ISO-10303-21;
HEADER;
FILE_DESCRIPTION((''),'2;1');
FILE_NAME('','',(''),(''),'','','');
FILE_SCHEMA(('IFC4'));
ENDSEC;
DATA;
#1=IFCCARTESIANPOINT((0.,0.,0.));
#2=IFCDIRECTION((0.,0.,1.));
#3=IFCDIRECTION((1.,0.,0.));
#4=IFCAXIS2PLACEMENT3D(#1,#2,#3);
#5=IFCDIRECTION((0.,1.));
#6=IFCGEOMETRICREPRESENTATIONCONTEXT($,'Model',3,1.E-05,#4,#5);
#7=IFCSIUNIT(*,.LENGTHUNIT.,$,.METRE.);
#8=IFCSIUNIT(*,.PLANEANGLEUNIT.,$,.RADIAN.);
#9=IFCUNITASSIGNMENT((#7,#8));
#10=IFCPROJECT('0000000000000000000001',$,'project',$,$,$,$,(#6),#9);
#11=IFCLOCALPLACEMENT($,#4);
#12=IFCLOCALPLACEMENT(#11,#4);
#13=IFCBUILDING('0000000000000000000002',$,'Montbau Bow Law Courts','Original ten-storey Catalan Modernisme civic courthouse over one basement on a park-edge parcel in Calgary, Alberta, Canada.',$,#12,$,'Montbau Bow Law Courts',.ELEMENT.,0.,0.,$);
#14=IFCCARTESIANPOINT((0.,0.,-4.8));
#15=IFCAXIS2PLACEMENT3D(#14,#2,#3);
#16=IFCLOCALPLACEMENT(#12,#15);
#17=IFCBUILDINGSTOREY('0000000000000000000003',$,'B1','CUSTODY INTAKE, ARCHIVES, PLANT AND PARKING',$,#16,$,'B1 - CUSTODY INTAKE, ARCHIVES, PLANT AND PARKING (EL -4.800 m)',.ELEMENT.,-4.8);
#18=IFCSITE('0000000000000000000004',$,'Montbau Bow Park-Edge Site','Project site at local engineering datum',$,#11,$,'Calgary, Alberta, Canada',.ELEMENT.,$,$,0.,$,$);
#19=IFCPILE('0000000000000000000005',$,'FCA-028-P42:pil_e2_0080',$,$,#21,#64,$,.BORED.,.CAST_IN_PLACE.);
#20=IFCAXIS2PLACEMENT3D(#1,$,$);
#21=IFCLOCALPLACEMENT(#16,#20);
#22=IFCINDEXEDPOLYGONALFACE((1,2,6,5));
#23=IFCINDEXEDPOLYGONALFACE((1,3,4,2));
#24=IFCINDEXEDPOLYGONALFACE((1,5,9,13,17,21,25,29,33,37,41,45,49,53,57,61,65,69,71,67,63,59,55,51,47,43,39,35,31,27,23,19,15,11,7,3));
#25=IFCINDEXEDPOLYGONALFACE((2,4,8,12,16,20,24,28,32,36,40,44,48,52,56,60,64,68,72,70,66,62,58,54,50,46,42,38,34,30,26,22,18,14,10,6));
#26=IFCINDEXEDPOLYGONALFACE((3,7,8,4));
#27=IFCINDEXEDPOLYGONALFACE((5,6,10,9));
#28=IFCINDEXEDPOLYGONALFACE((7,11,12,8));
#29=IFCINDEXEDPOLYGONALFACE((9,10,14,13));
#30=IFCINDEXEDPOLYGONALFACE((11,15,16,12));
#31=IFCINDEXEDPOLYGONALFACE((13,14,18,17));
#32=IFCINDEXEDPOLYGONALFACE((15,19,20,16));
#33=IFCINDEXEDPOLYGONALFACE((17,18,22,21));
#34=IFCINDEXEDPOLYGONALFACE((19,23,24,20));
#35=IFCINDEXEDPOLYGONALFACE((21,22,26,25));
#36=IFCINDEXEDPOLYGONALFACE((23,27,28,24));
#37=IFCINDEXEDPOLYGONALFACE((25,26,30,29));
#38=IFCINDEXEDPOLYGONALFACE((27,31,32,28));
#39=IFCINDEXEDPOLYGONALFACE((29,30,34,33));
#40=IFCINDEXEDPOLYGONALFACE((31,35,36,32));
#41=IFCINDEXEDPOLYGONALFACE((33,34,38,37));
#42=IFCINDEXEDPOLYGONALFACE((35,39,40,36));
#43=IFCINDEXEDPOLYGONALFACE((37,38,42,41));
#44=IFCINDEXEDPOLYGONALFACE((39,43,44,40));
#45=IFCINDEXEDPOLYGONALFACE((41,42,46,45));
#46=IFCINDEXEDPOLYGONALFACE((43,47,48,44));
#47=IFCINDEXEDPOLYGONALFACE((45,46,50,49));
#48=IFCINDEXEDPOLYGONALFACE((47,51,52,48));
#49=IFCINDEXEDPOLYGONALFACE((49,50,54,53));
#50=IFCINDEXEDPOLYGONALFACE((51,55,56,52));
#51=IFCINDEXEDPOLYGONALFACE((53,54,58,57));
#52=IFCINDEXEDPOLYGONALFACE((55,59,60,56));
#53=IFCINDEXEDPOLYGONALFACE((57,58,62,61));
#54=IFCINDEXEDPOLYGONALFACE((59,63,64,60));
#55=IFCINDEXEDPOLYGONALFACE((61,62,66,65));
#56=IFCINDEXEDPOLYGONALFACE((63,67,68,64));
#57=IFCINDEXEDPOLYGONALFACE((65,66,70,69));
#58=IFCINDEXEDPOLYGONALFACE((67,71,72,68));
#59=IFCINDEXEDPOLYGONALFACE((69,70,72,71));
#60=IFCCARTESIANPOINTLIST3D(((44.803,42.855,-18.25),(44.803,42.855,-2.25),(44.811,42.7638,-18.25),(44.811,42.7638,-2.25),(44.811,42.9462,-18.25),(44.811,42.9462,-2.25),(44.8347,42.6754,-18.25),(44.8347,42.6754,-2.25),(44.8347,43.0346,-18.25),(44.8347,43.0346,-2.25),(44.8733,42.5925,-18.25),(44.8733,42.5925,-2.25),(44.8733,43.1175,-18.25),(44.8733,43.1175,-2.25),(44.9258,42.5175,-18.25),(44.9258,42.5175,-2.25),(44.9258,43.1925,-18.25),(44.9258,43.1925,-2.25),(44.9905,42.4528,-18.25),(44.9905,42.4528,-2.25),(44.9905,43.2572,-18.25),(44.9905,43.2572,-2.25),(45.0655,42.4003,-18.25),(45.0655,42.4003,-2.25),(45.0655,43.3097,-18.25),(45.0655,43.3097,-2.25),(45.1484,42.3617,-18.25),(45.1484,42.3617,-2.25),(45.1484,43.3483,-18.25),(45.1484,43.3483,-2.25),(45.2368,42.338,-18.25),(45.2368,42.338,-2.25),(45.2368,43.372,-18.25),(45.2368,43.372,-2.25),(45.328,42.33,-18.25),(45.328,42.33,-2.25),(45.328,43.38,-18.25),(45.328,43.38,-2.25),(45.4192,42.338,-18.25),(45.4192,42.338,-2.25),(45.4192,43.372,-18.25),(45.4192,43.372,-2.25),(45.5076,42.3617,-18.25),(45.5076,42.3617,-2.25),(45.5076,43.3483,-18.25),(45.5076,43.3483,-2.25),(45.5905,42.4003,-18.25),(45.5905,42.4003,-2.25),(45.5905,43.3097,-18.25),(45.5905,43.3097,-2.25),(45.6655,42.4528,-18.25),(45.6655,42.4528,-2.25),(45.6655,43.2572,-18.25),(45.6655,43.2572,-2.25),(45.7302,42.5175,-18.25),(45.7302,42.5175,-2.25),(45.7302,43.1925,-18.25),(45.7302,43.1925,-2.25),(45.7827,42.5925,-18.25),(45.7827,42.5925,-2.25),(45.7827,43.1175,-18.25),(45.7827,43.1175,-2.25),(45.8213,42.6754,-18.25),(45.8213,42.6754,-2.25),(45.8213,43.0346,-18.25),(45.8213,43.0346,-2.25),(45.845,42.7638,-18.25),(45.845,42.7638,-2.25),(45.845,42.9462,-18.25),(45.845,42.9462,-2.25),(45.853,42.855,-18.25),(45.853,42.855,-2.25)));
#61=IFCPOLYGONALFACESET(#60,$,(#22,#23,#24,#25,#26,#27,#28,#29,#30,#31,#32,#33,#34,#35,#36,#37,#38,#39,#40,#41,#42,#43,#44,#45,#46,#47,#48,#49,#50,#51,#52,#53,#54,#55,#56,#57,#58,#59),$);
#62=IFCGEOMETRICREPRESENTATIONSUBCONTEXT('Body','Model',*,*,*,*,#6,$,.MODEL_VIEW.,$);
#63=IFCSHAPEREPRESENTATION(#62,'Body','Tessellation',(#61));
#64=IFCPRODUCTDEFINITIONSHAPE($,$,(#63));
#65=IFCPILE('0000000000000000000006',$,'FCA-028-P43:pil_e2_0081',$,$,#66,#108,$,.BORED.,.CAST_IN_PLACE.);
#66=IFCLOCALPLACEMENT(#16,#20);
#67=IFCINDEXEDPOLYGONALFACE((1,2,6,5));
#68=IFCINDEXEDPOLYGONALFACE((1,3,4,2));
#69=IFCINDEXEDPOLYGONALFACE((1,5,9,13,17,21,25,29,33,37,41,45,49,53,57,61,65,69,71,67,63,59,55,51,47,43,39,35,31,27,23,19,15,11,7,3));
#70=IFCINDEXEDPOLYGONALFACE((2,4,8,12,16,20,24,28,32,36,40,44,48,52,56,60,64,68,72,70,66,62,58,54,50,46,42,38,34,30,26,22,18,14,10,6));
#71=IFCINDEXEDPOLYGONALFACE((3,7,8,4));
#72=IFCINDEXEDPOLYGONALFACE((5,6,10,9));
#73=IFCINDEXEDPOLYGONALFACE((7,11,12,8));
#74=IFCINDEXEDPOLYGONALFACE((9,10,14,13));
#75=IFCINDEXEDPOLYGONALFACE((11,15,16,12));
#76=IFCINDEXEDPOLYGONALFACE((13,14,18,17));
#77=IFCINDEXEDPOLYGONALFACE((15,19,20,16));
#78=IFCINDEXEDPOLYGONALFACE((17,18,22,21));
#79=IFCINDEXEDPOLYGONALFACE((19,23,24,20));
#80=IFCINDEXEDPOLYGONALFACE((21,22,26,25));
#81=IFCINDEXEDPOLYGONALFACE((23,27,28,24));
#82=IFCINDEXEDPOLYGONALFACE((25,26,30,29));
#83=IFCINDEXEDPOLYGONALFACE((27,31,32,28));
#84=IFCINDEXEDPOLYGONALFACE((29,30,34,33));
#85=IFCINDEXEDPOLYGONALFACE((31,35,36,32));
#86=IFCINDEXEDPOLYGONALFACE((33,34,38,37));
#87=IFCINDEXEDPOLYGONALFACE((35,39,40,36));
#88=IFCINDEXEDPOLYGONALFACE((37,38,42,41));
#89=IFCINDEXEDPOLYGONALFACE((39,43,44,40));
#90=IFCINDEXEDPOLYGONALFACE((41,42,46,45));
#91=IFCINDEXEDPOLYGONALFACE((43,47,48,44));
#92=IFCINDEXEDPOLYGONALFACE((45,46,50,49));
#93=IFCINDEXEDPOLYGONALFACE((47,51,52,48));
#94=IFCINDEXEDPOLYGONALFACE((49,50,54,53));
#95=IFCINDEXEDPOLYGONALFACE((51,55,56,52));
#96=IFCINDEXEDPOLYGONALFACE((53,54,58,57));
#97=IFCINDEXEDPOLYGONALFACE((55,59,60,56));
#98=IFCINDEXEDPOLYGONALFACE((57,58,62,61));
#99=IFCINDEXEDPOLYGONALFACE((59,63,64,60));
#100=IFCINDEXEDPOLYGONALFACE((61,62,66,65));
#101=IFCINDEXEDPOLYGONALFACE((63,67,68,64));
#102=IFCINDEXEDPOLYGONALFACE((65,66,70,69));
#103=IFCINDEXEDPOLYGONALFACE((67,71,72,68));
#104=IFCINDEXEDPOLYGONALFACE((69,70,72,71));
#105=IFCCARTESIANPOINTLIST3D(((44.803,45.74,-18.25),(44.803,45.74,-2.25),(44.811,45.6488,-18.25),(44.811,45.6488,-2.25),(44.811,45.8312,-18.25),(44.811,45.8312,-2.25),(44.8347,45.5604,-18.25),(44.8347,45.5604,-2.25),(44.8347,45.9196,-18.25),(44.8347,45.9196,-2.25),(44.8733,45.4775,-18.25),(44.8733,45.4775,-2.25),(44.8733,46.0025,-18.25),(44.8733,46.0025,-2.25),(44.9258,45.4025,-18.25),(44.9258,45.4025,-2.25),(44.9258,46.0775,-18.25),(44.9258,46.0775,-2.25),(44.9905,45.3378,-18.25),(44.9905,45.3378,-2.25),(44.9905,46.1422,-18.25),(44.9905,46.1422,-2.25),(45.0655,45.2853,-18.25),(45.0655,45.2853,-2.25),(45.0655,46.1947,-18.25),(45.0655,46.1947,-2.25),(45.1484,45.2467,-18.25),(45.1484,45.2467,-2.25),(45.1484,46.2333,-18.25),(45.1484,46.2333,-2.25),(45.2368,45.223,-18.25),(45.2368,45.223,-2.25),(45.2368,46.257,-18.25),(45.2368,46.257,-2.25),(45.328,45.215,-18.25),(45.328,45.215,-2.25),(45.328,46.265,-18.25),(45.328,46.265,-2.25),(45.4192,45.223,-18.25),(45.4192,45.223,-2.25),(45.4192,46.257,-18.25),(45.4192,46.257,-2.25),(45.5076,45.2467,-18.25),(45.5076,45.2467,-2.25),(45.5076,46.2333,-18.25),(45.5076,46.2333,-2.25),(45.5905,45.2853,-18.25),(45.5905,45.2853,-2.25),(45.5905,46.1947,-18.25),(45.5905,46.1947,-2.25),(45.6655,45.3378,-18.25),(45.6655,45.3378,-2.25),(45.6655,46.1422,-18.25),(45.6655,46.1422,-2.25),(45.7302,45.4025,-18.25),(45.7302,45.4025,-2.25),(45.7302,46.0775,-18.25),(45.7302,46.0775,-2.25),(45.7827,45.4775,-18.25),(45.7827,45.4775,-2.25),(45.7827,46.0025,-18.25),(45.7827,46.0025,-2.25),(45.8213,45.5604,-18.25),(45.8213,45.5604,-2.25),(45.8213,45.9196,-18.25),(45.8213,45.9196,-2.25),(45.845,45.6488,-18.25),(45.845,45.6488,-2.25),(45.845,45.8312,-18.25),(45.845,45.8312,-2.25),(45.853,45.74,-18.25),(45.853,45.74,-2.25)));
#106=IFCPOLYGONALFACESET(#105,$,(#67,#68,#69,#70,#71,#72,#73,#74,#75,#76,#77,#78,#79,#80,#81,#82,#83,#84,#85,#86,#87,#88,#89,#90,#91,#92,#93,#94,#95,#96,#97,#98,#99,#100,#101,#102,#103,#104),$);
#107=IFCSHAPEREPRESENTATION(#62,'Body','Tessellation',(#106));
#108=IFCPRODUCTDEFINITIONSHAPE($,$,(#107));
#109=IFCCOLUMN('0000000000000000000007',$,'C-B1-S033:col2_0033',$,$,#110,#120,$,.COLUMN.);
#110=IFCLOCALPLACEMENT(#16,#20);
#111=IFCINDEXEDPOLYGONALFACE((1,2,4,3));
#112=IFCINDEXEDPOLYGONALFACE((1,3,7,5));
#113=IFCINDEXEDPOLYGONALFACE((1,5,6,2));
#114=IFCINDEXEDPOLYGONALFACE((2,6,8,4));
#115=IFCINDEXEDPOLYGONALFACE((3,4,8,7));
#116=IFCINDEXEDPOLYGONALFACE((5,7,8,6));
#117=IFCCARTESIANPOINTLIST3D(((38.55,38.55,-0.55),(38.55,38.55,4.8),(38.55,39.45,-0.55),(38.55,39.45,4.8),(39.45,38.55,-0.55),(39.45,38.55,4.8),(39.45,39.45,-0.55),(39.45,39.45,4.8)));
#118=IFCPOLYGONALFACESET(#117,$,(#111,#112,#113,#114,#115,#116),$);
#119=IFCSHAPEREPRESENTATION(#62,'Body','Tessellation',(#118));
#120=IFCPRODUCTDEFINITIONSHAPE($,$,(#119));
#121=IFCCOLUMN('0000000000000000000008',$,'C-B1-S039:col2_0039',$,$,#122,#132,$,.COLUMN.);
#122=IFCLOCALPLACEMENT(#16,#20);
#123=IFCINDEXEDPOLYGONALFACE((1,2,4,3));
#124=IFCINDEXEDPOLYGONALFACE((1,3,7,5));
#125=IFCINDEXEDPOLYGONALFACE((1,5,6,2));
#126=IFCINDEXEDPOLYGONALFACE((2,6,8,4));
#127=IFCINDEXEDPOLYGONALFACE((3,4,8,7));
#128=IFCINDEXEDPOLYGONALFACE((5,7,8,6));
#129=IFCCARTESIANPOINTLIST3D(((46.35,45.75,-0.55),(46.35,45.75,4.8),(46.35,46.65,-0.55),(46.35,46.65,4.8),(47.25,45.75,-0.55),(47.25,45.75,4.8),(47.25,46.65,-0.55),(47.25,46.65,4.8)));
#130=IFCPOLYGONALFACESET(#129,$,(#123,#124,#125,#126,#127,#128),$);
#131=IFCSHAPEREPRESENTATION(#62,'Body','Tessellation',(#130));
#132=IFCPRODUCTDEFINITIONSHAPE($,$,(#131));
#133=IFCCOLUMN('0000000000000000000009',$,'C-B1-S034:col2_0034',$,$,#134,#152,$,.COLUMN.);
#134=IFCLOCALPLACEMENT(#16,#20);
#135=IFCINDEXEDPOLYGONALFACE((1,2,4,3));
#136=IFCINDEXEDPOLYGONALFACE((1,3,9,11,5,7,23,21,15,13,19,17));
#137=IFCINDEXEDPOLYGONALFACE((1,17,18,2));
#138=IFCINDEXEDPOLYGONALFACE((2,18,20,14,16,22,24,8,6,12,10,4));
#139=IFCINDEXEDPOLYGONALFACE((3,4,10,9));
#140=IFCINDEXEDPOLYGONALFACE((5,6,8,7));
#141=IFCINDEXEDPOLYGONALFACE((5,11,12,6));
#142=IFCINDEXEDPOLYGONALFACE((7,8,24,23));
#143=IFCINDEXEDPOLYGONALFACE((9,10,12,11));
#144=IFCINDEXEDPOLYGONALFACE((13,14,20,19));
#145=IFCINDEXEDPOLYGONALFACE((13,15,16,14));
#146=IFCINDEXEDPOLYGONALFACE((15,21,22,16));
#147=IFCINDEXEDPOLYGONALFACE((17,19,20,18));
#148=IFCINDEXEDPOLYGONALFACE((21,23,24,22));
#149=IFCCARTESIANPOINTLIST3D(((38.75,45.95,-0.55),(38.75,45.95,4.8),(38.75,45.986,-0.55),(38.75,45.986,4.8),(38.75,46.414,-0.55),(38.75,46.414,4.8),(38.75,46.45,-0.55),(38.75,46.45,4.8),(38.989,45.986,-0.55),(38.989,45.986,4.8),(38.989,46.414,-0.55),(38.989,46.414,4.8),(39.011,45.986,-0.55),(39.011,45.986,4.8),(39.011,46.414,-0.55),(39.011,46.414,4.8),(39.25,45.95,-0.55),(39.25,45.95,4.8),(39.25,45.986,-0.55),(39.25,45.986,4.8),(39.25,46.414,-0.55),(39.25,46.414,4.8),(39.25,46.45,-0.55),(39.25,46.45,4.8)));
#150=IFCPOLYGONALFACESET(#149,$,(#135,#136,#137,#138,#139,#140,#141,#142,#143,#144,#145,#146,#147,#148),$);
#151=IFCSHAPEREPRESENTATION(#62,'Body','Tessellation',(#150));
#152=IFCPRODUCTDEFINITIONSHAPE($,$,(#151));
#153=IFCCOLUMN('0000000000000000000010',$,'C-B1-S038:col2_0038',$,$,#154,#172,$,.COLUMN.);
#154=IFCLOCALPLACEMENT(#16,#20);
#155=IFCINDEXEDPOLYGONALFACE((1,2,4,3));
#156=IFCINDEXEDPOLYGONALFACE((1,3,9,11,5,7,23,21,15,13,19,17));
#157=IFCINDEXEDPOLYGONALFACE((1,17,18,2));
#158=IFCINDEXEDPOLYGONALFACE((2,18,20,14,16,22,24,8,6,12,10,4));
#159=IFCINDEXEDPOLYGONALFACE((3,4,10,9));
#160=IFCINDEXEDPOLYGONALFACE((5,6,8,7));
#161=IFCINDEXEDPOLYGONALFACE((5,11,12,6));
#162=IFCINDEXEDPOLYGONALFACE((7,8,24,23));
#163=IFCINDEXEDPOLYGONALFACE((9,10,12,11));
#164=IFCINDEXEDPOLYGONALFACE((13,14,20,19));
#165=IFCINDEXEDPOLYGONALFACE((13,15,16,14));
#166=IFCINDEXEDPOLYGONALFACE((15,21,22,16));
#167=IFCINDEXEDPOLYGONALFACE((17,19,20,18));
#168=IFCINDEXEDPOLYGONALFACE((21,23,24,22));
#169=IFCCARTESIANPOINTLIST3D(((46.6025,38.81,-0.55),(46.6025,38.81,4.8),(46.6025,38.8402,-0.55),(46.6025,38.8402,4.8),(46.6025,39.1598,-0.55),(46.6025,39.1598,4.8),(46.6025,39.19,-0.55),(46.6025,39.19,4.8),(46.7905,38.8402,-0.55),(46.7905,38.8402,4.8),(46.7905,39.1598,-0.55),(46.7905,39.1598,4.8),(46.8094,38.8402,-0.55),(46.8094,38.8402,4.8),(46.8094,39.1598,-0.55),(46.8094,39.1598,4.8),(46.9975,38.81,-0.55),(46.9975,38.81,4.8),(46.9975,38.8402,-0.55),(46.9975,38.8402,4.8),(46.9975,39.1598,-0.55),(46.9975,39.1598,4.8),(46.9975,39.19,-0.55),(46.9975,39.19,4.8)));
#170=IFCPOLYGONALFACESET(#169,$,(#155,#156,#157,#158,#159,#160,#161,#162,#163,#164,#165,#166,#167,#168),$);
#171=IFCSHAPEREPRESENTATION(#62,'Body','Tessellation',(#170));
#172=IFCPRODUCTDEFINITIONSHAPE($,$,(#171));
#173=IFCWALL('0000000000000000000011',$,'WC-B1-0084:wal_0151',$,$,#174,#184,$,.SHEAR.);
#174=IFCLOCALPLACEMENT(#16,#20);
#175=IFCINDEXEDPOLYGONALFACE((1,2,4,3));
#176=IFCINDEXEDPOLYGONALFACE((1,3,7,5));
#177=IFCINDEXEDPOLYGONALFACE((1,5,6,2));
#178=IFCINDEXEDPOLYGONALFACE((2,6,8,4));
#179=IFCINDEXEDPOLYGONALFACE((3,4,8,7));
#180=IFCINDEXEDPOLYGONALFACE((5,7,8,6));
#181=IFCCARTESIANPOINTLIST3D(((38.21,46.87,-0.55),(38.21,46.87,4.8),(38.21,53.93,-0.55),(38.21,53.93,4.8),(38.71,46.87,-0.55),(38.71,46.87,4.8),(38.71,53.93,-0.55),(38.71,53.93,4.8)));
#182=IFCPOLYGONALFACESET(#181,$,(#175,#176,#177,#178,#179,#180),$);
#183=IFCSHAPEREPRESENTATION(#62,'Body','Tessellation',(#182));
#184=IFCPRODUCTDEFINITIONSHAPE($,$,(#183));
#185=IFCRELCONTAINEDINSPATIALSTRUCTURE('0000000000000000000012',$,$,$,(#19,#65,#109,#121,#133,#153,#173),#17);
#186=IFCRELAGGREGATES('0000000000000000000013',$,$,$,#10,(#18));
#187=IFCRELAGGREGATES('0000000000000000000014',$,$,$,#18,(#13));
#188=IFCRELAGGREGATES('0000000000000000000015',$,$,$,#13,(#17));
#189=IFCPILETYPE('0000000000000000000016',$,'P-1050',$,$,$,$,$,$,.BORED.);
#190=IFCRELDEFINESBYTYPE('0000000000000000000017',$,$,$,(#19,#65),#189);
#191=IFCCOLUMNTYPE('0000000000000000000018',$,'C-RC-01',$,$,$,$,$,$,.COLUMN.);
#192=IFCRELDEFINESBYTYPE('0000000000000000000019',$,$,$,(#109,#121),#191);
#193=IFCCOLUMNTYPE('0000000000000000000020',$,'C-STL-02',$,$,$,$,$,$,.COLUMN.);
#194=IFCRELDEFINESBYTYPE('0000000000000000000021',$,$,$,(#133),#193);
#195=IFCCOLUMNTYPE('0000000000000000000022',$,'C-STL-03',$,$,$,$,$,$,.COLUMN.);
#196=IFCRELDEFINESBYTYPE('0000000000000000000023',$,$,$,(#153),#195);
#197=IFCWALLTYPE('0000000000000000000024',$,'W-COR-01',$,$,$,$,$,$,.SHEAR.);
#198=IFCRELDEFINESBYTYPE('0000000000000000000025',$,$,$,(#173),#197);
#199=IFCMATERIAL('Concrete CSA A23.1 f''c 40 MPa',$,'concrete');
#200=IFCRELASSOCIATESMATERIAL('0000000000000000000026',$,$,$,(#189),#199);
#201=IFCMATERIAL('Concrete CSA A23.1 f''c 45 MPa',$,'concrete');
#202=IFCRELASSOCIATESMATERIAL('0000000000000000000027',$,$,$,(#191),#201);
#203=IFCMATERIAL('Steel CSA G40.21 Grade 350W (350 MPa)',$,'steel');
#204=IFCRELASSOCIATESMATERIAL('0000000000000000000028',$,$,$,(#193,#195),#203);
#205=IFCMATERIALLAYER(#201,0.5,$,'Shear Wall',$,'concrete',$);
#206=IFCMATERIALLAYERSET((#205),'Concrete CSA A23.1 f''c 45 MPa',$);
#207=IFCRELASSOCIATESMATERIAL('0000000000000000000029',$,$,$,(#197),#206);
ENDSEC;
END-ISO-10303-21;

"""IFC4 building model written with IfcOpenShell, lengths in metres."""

from ifc_helpers import new_model, si_unit, direction, frame, frame_2d, origin_with_axes, origin_2d_with_axis, place, context, subcontext, project, spatial, rectangle, circle, i_section, extrude, material, layer, layer_set, material_profile, profile_set, type_object, element, save


model = new_model("IFC4")

# Units and contexts
model_context = context("Model", 3, precision=1e-05, world=origin_with_axes(), true_north=direction((0.0, 1.0)))
body_context = subcontext(model_context, "Body", "Model", "MODEL_VIEW")
ifc_project = project(units=[si_unit("LENGTHUNIT", "METRE"), si_unit("PLANEANGLEUNIT", "RADIAN")], contexts=[model_context])

# Site, building, storey
site_placement = place(None, origin_with_axes())
site = spatial("IfcSite", under=ifc_project, at=site_placement, Name="Montbau Bow Park-Edge Site", Description="Project site at local engineering datum", LongName="Calgary, Alberta, Canada", CompositionType="ELEMENT", RefElevation=0.0)
building_placement = place(site_placement, origin_with_axes())
building = spatial("IfcBuilding", under=site, at=building_placement, Name="Montbau Bow Law Courts", Description="Original ten-storey Catalan Modernisme civic courthouse over one basement on a park-edge parcel in Calgary, Alberta, Canada.", LongName="Montbau Bow Law Courts", CompositionType="ELEMENT", ElevationOfRefHeight=0.0, ElevationOfTerrain=0.0)
storey_placement = place(building_placement, frame((0.0, 0.0, -4.8), z_axis=(0.0, 0.0, 1.0), x_axis=(1.0, 0.0, 0.0)))
storey = spatial("IfcBuildingStorey", under=building, at=storey_placement, Name="B1", Description="CUSTODY INTAKE, ARCHIVES, PLANT AND PARKING", LongName="B1 - CUSTODY INTAKE, ARCHIVES, PLANT AND PARKING (EL -4.800 m)", CompositionType="ELEMENT", Elevation=-4.8)

# Piles
ifc_material_1 = material(Name="Concrete CSA A23.1 f'c 40 MPa", Category="concrete")
ifc_material_profile_1 = material_profile(ifc_material_1, circle(Radius=0.525, at=origin_2d_with_axis()), Name="BP1050", Category="Main", Priority=0)
ifc_profile_set_1 = profile_set([ifc_material_profile_1], Name="Concrete CSA A23.1 f'c 40 MPa")
pile_type = type_object("IfcPileType", Name="P-1050", PredefinedType="BORED", material=ifc_profile_set_1)
for number, where, z_axis, x_axis, name in (
    (1, (45.328, 42.855, -23.05), (0.0, 0.0, 1.0), (1.0, 0.0, 0.0), "FCA-028-P42:pil_e2_0080"),
    (2, (45.328, 45.74, -23.05), (0.0, 0.0, 1.0), (1.0, 0.0, 0.0), "FCA-028-P43:pil_e2_0081"),
):
    element("IfcPile", number, at=place(None, frame(where, z_axis=z_axis, x_axis=x_axis)), inside=storey, type_object=pile_type, Name=name, ConstructionType="CAST_IN_PLACE", PredefinedType="BORED", context=body_context, shape_type="SweptSolid", body=[
        extrude(circle(Radius=0.525, at=origin_2d_with_axis()), origin_with_axes(), (0.0, 0.0, 1.0), 16.0),
    ])

# Columns
ifc_material_2 = material(Name="Concrete CSA A23.1 f'c 45 MPa", Category="concrete")
ifc_material_profile_2 = material_profile(ifc_material_2, rectangle(XDim=0.9, YDim=0.9, at=origin_2d_with_axis()), Name="RC900X900", Category="Main", Priority=0)
ifc_profile_set_2 = profile_set([ifc_material_profile_2], Name="Concrete CSA A23.1 f'c 45 MPa")
column_type_1 = type_object("IfcColumnType", Name="C-RC-01", PredefinedType="COLUMN", material=ifc_profile_set_2)
for number, where, z_axis, x_axis, name in (
    (3, (39.0, 39.0, -5.35), (0.0, 0.0, 1.0), (1.0, 0.0, 0.0), "C-B1-S033:col2_0033"),
    (4, (46.8, 46.2, -5.35), (0.0, 0.0, 1.0), (1.0, 0.0, 0.0), "C-B1-S039:col2_0039"),
):
    element("IfcColumn", number, at=place(None, frame(where, z_axis=z_axis, x_axis=x_axis)), inside=storey, type_object=column_type_1, Name=name, PredefinedType="COLUMN", context=body_context, shape_type="SweptSolid", body=[
        extrude(rectangle(XDim=0.9, YDim=0.9, at=origin_2d_with_axis()), origin_with_axes(), (0.0, 0.0, 1.0), 5.35),
    ])
ifc_material_3 = material(Name="Steel CSA G40.21 Grade 350W (350 MPa)", Category="steel")
ifc_material_profile_3 = material_profile(ifc_material_3, i_section(OverallWidth=0.5, OverallDepth=0.5, WebThickness=0.022, FlangeThickness=0.036, at=origin_2d_with_axis()), Name="WWF500X343", Category="Main", Priority=0)
ifc_profile_set_3 = profile_set([ifc_material_profile_3], Name="Steel CSA G40.21 Grade 350W (350 MPa)")
column_type_2 = type_object("IfcColumnType", Name="C-STL-02", PredefinedType="COLUMN", material=ifc_profile_set_3)
column_1_placement = place(None, frame((39.0, 46.2, -5.35), z_axis=(0.0, 0.0, 1.0), x_axis=(1.0, 0.0, 0.0)))
element("IfcColumn", 5, at=column_1_placement, inside=storey, type_object=column_type_2, Name="C-B1-S034:col2_0034", PredefinedType="COLUMN", context=body_context, shape_type="SweptSolid", body=[
    extrude(i_section(OverallWidth=0.5, OverallDepth=0.5, WebThickness=0.022, FlangeThickness=0.036, at=origin_2d_with_axis()), origin_with_axes(), (0.0, 0.0, 1.0), 5.35),
])
ifc_material_profile_4 = material_profile(ifc_material_3, i_section(OverallWidth=0.395, OverallDepth=0.38, WebThickness=0.0189, FlangeThickness=0.0302, at=origin_2d_with_axis()), Name="W360X237", Category="Main", Priority=0)
ifc_profile_set_4 = profile_set([ifc_material_profile_4], Name="Steel CSA G40.21 Grade 350W (350 MPa)")
column_type_3 = type_object("IfcColumnType", Name="C-STL-03", PredefinedType="COLUMN", material=ifc_profile_set_4)
column_2_placement = place(None, frame((46.8, 39.0, -5.35), z_axis=(0.0, 0.0, 1.0), x_axis=(1.0, 0.0, 0.0)))
element("IfcColumn", 6, at=column_2_placement, inside=storey, type_object=column_type_3, Name="C-B1-S038:col2_0038", PredefinedType="COLUMN", context=body_context, shape_type="SweptSolid", body=[
    extrude(i_section(OverallWidth=0.395, OverallDepth=0.38, WebThickness=0.0189, FlangeThickness=0.0302, at=origin_2d_with_axis()), origin_with_axes(), (0.0, 0.0, 1.0), 5.35),
])

# Wall
ifc_layer_1 = layer(ifc_material_2, 0.5, Name="Shear Wall", Category="concrete")
ifc_layer_set_1 = layer_set([ifc_layer_1], Name="Concrete CSA A23.1 f'c 45 MPa")
wall_type_1 = type_object("IfcWallType", Name="W-COR-01", PredefinedType="SHEAR", material=ifc_layer_set_1)
wall_1_placement = place(None, frame((38.46, 46.87, -5.35), z_axis=(0.0, 0.0, 1.0), x_axis=(0.0, 1.0, 0.0)))
element("IfcWall", 7, at=wall_1_placement, inside=storey, type_object=wall_type_1, Name="WC-B1-0084:wal_0151", PredefinedType="SHEAR", context=body_context, shape_type="SweptSolid", body=[
    extrude(rectangle(XDim=7.06, YDim=0.5, at=frame_2d((3.53, 0.0), x_axis=(1.0, 0.0))), origin_with_axes(), (0.0, 0.0, 1.0), 5.35),
])

save(model, "model.ifc")
